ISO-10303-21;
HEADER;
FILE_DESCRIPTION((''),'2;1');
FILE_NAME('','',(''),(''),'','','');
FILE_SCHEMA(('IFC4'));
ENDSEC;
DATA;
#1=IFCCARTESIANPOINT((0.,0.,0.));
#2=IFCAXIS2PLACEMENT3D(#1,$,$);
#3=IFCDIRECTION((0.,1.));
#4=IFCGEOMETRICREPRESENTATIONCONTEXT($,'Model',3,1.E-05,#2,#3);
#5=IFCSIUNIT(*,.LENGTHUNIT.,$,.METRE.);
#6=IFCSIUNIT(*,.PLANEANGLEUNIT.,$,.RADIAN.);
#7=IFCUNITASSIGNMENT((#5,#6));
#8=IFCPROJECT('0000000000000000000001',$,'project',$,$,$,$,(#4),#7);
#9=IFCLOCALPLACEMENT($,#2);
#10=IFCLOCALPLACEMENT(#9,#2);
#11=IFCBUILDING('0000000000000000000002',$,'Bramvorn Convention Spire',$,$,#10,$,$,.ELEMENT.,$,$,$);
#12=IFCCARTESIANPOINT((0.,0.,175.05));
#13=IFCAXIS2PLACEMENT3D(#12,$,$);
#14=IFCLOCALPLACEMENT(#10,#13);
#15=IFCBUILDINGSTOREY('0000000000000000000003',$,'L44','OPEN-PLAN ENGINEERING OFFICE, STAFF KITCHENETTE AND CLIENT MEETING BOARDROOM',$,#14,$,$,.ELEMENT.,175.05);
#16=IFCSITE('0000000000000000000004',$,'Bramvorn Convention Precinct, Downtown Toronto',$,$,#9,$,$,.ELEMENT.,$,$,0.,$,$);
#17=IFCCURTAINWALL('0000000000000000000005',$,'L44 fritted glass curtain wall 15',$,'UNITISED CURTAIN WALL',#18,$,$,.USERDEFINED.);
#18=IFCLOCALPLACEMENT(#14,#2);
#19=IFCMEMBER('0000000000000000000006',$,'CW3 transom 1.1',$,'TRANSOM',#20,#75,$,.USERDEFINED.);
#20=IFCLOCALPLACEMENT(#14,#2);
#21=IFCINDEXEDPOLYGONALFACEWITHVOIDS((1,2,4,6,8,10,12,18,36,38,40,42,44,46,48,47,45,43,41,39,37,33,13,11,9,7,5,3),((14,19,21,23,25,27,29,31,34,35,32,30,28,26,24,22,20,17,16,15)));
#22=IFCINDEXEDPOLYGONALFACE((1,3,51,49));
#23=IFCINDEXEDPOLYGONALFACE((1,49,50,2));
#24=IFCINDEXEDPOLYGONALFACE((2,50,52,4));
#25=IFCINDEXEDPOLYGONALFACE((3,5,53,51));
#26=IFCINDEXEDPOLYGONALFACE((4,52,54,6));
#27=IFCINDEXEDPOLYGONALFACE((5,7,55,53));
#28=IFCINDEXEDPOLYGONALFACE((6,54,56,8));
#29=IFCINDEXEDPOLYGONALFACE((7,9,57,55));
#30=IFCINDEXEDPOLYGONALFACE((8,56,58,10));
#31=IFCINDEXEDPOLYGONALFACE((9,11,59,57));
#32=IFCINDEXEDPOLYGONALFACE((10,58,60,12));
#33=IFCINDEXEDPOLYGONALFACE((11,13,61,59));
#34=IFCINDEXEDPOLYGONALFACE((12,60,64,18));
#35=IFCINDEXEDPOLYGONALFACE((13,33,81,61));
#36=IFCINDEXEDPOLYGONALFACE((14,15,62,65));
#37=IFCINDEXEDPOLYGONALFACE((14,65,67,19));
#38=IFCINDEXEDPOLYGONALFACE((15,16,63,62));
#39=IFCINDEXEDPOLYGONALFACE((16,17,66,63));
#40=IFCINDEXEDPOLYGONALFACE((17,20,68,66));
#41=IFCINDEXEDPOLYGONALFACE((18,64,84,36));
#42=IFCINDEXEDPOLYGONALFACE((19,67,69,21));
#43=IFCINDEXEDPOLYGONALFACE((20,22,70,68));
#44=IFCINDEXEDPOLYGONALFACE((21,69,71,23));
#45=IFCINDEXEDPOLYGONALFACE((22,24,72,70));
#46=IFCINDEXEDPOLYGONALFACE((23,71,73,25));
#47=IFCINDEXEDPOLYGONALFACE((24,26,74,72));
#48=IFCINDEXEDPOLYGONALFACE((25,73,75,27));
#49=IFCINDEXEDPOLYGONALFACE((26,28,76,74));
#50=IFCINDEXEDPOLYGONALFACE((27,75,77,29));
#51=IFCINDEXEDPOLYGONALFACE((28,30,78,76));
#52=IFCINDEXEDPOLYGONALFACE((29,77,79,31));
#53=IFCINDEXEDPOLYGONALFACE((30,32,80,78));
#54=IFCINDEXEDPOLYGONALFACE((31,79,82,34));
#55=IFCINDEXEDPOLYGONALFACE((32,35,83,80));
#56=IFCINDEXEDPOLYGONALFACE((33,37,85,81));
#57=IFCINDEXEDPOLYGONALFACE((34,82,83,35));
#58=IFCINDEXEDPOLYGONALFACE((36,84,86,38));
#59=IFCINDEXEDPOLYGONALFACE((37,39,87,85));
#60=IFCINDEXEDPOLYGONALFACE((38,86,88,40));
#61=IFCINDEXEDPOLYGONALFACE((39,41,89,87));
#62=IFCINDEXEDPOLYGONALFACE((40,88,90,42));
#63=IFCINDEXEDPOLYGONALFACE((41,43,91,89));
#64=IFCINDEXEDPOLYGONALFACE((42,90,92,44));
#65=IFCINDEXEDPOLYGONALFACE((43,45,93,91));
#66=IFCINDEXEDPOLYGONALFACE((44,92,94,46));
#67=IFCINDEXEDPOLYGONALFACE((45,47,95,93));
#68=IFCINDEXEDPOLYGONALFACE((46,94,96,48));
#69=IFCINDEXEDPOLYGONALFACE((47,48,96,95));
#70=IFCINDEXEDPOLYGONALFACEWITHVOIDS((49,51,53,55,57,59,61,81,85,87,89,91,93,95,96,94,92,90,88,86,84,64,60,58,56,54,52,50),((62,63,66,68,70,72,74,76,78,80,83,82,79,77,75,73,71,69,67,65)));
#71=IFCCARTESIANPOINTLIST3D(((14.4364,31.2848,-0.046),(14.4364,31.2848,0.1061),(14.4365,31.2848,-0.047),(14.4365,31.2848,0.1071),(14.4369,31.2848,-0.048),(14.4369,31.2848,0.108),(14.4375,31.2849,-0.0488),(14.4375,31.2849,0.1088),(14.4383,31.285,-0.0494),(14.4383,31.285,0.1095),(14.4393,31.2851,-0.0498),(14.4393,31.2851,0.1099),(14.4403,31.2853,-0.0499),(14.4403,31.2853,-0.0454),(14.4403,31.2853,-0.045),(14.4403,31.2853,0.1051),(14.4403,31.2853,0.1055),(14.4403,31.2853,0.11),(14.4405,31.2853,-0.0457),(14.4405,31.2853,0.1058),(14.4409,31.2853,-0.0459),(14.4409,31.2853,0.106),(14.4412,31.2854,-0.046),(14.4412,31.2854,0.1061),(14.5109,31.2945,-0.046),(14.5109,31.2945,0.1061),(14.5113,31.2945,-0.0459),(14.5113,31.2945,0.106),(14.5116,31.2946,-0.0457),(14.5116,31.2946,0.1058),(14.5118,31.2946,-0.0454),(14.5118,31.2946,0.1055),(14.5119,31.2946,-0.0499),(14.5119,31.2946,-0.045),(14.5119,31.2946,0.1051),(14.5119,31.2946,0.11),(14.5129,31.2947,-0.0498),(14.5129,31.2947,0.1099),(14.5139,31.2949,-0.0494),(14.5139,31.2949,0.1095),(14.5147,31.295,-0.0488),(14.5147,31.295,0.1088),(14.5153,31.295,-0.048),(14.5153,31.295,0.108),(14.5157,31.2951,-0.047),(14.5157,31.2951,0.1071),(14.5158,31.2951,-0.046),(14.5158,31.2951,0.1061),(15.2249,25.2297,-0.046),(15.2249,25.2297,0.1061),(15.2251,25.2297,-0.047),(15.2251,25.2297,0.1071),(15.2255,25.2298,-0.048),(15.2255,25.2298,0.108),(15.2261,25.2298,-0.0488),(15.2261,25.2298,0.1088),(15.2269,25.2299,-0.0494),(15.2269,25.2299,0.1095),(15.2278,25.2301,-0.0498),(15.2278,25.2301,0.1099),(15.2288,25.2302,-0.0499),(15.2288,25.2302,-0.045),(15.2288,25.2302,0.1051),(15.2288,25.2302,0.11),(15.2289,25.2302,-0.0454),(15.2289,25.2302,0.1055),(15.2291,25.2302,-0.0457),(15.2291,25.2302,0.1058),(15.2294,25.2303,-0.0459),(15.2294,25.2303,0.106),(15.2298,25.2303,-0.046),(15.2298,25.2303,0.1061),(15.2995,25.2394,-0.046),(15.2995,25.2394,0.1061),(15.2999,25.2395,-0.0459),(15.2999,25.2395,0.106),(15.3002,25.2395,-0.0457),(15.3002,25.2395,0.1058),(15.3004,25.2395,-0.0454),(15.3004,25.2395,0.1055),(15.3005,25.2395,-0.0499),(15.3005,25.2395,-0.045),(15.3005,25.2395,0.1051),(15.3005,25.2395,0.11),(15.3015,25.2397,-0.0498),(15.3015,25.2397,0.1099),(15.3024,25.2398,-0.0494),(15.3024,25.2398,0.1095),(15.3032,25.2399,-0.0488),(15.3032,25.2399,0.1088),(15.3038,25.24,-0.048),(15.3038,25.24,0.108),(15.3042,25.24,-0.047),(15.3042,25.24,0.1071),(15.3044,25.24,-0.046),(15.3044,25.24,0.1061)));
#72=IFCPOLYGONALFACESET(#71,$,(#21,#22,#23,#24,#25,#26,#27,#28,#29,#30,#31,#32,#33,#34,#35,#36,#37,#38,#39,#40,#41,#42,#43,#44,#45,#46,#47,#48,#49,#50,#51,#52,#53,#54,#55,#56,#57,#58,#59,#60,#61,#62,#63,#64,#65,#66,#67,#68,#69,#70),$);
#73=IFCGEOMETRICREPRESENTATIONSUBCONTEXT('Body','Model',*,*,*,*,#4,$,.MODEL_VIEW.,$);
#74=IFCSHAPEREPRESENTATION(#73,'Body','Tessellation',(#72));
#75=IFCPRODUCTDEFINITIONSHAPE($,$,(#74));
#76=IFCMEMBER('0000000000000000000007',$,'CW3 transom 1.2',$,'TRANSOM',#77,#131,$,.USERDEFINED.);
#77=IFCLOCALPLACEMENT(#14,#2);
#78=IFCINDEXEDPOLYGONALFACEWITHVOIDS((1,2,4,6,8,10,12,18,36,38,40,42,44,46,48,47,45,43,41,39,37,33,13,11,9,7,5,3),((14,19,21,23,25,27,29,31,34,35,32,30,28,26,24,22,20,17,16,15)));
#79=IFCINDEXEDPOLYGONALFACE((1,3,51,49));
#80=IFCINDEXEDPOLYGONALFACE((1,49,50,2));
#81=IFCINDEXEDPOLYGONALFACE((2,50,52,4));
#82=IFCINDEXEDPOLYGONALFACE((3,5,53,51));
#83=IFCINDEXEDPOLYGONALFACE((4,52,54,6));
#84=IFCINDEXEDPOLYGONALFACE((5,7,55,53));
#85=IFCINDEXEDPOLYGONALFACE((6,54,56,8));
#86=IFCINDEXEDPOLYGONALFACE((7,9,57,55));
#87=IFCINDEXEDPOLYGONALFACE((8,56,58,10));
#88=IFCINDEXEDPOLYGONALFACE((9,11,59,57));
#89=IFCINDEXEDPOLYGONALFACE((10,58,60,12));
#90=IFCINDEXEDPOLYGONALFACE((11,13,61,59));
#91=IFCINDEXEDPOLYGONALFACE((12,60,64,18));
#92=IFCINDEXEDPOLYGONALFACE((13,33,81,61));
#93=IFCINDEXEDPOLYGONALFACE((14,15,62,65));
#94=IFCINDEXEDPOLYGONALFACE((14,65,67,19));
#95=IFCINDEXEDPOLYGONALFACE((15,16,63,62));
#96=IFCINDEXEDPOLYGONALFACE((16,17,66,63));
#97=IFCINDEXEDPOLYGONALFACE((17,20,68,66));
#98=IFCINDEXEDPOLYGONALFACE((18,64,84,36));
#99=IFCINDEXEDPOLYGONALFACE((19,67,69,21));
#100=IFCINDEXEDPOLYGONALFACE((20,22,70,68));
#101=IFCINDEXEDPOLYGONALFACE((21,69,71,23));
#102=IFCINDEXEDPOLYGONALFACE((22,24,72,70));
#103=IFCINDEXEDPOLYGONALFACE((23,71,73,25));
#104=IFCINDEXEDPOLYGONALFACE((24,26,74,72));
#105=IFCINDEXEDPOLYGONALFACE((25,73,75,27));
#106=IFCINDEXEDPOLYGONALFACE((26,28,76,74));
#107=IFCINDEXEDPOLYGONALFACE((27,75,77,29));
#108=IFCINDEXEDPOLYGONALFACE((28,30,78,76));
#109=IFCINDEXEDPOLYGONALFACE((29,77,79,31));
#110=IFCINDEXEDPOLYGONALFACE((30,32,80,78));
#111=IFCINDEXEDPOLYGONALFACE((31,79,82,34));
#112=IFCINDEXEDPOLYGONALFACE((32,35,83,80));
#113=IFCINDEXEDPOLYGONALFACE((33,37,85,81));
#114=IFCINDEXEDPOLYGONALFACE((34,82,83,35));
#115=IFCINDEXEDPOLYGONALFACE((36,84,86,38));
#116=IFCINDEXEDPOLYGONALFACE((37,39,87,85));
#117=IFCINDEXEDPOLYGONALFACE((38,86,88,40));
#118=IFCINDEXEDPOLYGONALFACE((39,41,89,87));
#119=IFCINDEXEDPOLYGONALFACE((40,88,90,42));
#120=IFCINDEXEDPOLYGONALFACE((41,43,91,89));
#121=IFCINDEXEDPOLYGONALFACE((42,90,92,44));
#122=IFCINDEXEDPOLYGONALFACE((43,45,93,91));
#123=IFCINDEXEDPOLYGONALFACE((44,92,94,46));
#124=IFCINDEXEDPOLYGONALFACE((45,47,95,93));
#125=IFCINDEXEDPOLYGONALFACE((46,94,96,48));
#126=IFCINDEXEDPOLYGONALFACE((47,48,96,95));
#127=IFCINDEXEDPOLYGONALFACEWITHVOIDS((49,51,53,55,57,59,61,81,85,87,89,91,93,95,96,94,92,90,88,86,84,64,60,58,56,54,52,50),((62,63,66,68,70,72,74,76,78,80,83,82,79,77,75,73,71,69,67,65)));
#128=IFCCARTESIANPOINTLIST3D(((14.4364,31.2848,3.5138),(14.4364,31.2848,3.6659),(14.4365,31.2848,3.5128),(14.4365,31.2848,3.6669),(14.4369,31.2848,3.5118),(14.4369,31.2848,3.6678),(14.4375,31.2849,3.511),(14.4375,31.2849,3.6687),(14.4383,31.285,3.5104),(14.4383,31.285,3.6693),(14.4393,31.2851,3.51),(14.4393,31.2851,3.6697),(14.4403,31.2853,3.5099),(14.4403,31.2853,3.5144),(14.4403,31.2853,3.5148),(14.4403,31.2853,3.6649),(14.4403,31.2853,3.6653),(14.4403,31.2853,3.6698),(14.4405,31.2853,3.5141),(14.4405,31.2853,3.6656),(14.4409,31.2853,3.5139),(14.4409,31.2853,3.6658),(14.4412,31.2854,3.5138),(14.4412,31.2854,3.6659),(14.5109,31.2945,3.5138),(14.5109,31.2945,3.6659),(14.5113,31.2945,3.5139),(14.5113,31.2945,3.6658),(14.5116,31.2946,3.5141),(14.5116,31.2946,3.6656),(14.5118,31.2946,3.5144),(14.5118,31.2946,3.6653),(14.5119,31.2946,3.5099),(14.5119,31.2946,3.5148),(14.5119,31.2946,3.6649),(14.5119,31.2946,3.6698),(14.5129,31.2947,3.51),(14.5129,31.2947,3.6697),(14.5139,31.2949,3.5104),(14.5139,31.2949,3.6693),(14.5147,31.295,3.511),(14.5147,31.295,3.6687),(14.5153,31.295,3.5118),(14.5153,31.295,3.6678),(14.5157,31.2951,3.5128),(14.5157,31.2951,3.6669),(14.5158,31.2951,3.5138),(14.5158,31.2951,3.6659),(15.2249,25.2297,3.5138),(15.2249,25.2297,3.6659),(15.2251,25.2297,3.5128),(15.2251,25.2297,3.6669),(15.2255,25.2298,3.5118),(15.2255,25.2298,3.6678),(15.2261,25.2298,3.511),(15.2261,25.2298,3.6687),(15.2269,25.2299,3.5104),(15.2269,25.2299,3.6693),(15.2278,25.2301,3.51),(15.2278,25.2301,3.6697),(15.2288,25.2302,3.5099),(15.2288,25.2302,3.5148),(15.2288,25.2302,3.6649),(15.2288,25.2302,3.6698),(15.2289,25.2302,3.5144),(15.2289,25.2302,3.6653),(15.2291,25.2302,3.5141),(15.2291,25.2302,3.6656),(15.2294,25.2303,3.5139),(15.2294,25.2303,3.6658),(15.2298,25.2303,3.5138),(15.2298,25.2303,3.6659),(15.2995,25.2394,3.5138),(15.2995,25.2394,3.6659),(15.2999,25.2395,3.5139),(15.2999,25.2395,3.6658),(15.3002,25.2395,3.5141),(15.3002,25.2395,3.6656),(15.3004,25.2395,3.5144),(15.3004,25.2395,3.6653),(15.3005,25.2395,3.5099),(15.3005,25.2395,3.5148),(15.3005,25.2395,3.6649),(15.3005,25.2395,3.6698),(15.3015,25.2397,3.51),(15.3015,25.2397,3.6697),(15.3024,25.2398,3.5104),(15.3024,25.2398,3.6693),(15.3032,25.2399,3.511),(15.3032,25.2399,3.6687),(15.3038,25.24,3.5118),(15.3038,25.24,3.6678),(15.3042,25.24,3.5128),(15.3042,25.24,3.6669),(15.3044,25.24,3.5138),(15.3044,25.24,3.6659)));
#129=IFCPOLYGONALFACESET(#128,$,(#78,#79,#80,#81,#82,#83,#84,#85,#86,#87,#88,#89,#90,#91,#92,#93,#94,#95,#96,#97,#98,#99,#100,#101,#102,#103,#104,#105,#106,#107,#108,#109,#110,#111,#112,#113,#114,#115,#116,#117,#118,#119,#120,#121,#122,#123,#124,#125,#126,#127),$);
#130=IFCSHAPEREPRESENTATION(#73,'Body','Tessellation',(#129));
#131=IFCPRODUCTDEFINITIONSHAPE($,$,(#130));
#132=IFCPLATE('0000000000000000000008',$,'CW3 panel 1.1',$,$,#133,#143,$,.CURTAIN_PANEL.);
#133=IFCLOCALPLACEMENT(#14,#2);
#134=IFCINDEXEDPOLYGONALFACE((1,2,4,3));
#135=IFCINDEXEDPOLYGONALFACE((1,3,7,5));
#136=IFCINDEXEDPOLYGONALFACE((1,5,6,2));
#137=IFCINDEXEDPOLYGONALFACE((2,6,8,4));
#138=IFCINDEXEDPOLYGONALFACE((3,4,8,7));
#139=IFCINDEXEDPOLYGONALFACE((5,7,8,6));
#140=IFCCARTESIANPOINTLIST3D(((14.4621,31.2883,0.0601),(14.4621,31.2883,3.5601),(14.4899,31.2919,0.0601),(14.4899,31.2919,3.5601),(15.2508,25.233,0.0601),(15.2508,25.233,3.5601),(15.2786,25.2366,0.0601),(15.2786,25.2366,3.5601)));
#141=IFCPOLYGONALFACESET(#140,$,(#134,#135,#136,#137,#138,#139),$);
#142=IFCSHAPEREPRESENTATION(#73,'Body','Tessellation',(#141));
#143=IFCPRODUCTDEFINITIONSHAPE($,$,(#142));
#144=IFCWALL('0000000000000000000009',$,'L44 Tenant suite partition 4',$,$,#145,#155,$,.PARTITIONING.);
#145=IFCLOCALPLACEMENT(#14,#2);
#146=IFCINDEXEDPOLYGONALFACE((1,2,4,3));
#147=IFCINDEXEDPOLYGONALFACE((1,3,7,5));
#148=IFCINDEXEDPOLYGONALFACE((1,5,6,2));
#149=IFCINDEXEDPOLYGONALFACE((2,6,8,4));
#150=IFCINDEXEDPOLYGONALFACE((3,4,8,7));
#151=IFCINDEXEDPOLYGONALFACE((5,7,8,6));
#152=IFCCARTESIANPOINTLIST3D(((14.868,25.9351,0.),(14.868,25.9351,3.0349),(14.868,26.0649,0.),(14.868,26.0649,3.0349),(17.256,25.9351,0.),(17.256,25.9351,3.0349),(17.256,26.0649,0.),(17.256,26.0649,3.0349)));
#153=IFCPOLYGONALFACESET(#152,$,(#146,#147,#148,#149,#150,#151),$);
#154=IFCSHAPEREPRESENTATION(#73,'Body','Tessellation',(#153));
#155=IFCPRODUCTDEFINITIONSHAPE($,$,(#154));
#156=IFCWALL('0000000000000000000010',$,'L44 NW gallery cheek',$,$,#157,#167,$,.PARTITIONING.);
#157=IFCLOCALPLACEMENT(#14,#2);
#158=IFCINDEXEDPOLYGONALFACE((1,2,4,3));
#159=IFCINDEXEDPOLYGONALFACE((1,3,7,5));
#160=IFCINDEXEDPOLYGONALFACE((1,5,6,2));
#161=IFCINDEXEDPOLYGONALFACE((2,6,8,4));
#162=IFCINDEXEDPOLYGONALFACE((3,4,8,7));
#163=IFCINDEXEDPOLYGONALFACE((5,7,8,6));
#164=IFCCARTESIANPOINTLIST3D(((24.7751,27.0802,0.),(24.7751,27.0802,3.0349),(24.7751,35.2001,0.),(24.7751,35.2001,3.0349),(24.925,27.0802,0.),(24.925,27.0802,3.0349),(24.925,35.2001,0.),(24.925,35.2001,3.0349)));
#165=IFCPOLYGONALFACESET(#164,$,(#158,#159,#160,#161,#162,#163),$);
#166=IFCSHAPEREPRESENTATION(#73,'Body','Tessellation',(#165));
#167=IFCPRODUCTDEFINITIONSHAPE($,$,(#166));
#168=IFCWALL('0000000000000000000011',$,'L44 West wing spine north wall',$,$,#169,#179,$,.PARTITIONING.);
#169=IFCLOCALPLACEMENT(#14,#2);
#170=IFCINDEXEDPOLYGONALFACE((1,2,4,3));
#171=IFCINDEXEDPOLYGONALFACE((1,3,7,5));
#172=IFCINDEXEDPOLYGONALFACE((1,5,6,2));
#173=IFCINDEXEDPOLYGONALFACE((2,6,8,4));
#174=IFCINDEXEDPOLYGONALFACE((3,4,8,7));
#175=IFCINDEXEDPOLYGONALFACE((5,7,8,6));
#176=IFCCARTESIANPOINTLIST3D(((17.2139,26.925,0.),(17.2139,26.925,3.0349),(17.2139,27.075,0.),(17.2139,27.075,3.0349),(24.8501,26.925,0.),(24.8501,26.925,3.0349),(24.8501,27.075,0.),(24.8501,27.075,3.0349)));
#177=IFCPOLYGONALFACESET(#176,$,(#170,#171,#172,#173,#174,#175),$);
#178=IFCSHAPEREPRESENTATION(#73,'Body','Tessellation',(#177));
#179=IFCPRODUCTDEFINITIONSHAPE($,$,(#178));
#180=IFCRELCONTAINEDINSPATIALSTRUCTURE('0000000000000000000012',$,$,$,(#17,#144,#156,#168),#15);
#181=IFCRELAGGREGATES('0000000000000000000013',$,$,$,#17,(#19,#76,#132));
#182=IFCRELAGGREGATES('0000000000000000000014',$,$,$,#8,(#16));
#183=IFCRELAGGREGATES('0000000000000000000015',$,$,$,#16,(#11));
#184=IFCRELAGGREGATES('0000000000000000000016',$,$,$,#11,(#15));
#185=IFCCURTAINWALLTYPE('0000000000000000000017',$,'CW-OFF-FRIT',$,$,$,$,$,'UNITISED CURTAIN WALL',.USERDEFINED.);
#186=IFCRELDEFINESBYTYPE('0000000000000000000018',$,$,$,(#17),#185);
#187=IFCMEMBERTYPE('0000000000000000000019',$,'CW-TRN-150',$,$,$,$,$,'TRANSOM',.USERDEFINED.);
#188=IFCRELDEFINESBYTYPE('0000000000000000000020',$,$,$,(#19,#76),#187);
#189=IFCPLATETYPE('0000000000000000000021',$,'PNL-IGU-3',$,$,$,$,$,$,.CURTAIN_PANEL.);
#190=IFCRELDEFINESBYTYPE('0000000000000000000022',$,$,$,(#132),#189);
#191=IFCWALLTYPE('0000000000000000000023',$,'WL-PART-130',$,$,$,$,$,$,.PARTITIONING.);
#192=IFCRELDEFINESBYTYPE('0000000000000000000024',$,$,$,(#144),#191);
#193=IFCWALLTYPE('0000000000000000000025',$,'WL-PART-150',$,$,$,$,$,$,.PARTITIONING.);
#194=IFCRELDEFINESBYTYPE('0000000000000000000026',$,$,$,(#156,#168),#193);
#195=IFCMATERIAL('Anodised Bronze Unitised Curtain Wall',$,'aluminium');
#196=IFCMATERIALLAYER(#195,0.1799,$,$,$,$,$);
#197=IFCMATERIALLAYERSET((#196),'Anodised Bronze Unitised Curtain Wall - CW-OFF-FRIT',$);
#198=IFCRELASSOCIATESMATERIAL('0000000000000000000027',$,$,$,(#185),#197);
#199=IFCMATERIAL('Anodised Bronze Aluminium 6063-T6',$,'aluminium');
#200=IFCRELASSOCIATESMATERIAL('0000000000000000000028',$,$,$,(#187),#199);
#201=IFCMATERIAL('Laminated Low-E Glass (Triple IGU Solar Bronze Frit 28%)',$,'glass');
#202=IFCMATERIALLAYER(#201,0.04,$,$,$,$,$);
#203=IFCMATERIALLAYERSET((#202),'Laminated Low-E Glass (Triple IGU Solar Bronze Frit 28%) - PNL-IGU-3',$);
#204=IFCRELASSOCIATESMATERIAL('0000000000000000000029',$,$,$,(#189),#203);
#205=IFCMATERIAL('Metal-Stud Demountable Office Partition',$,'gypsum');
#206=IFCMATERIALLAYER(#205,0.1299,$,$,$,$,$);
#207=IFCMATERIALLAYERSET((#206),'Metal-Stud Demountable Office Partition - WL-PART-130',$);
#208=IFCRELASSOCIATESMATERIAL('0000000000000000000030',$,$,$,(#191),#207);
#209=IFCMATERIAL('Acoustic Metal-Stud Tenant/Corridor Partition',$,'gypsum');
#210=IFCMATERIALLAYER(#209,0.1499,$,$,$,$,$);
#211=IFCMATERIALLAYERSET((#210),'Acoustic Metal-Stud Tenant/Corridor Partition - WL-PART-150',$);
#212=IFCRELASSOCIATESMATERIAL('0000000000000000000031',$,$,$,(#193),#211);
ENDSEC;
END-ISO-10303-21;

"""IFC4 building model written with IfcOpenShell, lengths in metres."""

from ifc_helpers import new_model, si_unit, direction, frame, frame_2d, origin, origin_2d, place, context, subcontext, project, spatial, rectangle, hollow_rectangle, extrude, material, layer, layer_set, material_profile, profile_set, type_object, element, aggregate, save


model = new_model("IFC4")

# Units and contexts
model_context = context("Model", 3, precision=1e-05, world=origin(), true_north=direction((0.0, 1.0)))
body_context = subcontext(model_context, "Body", "Model", "MODEL_VIEW")
ifc_project = project(units=[si_unit("LENGTHUNIT", "METRE"), si_unit("PLANEANGLEUNIT", "RADIAN")], contexts=[model_context])

# Site, building, storey
site_placement = place(None, origin())
site = spatial("IfcSite", under=ifc_project, at=site_placement, Name="Bramvorn Convention Precinct, Downtown Toronto", CompositionType="ELEMENT", RefElevation=0.0)
building_placement = place(site_placement, origin())
building = spatial("IfcBuilding", under=site, at=building_placement, Name="Bramvorn Convention Spire", CompositionType="ELEMENT")
storey_placement = place(building_placement, frame((0.0, 0.0, 175.05)))
storey = spatial("IfcBuildingStorey", under=building, at=storey_placement, Name="L44", Description="OPEN-PLAN ENGINEERING OFFICE, STAFF KITCHENETTE AND CLIENT MEETING BOARDROOM", CompositionType="ELEMENT", Elevation=175.05)

# Shared definitions
ifc_material_1 = material(Name="Anodised Bronze Unitised Curtain Wall", Category="aluminium")
ifc_layer_1 = layer(ifc_material_1, 0.1799)
ifc_layer_set_1 = layer_set([ifc_layer_1], Name="Anodised Bronze Unitised Curtain Wall - CW-OFF-FRIT")
curtain_wall_type = type_object("IfcCurtainWallType", Name="CW-OFF-FRIT", ElementType="UNITISED CURTAIN WALL", PredefinedType="USERDEFINED", material=ifc_layer_set_1)
ifc_material_2 = material(Name="Anodised Bronze Aluminium 6063-T6", Category="aluminium")

# Curtain wall
curtain_wall_1_placement = place(storey_placement, origin())
curtain_wall_1 = element("IfcCurtainWall", 1, at=curtain_wall_1_placement, inside=storey, type_object=curtain_wall_type, Name="L44 fritted glass curtain wall 15", ObjectType="UNITISED CURTAIN WALL", PredefinedType="USERDEFINED")

# Members
ifc_material_profile_1 = material_profile(ifc_material_2, hollow_rectangle(XDim=0.0801, YDim=0.1599, WallThickness=0.0039, InnerFilletRadius=0.001, OuterFilletRadius=0.0039, at=origin_2d()))
ifc_profile_set_1 = profile_set([ifc_material_profile_1], Name="Anodised Bronze Aluminium 6063-T6 - CWT80X160")
member_type_1 = type_object("IfcMemberType", Name="CW-TRN-150", ElementType="TRANSOM", PredefinedType="USERDEFINED", material=ifc_profile_set_1)
member_1_placement = place(storey_placement, frame((15.2646, 25.2349, 0.03), z_axis=(-0.129141, 0.991626, 0.0), x_axis=(-0.991626, -0.129141, 0.0)))
member_1 = element("IfcMember", 2, at=member_1_placement, type_object=member_type_1, Name="CW3 transom 1.1", ObjectType="TRANSOM", PredefinedType="USERDEFINED", context=body_context, shape_type="SweptSolid", body=[
    extrude(hollow_rectangle(XDim=0.0801, YDim=0.1599, WallThickness=0.0039, InnerFilletRadius=0.001, OuterFilletRadius=0.0039, at=origin_2d()), origin(), (0.0, 0.0, 1.0), 6.1062),
])
member_2_placement = place(storey_placement, frame((15.2646, 25.2349, 3.5898), z_axis=(-0.129141, 0.991626, 0.0), x_axis=(-0.991626, -0.129141, 0.0)))
member_2 = element("IfcMember", 3, at=member_2_placement, type_object=member_type_1, Name="CW3 transom 1.2", ObjectType="TRANSOM", PredefinedType="USERDEFINED", context=body_context, shape_type="SweptSolid", body=[
    extrude(hollow_rectangle(XDim=0.0801, YDim=0.1599, WallThickness=0.0039, InnerFilletRadius=0.001, OuterFilletRadius=0.0039, at=origin_2d()), origin(), (0.0, 0.0, 1.0), 6.1062),
])

# Plate
ifc_material_3 = material(Name="Laminated Low-E Glass (Triple IGU Solar Bronze Frit 28%)", Category="glass")
ifc_layer_2 = layer(ifc_material_3, 0.04)
ifc_layer_set_2 = layer_set([ifc_layer_2], Name="Laminated Low-E Glass (Triple IGU Solar Bronze Frit 28%) - PNL-IGU-3")
plate_type = type_object("IfcPlateType", Name="PNL-IGU-3", PredefinedType="CURTAIN_PANEL", material=ifc_layer_set_2)
plate_placement = place(storey_placement, frame((14.8704, 28.2625, 0.0601), z_axis=(0.0, 0.0, 1.0), x_axis=(-0.129161, 0.991624, 0.0)))
plate = element("IfcPlate", 4, at=plate_placement, type_object=plate_type, Name="CW3 panel 1.1", PredefinedType="CURTAIN_PANEL", context=body_context, shape_type="SweptSolid", body=[
    extrude(rectangle(XDim=6.1064, YDim=0.0281, at=origin_2d()), origin(), (0.0, 0.0, 1.0), 3.5),
])
aggregate(curtain_wall_1, [member_1, member_2, plate])

# Walls
ifc_material_4 = material(Name="Metal-Stud Demountable Office Partition", Category="gypsum")
ifc_layer_3 = layer(ifc_material_4, 0.1299)
ifc_layer_set_3 = layer_set([ifc_layer_3], Name="Metal-Stud Demountable Office Partition - WL-PART-130")
wall_type_1 = type_object("IfcWallType", Name="WL-PART-130", PredefinedType="PARTITIONING", material=ifc_layer_set_3)
wall_1_placement = place(storey_placement, frame((17.2559, 26.0, 0.0), z_axis=(0.0, 0.0, 1.0), x_axis=(-1.0, 0.0, 0.0)))
element("IfcWall", 5, at=wall_1_placement, inside=storey, type_object=wall_type_1, Name="L44 Tenant suite partition 4", PredefinedType="PARTITIONING", context=body_context, shape_type="SweptSolid", body=[
    extrude(rectangle(XDim=2.3879, YDim=0.1299, at=frame_2d((1.1938, 0.0))), origin(), (0.0, 0.0, 1.0), 3.0349),
])
ifc_material_5 = material(Name="Acoustic Metal-Stud Tenant/Corridor Partition", Category="gypsum")
ifc_layer_4 = layer(ifc_material_5, 0.1499)
ifc_layer_set_4 = layer_set([ifc_layer_4], Name="Acoustic Metal-Stud Tenant/Corridor Partition - WL-PART-150")
wall_type_2 = type_object("IfcWallType", Name="WL-PART-150", PredefinedType="PARTITIONING", material=ifc_layer_set_4)
wall_2_placement = place(storey_placement, frame((24.8501, 27.0801, 0.0), z_axis=(0.0, 0.0, 1.0), x_axis=(0.0, 1.0, 0.0)))
element("IfcWall", 6, at=wall_2_placement, inside=storey, type_object=wall_type_2, Name="L44 NW gallery cheek", PredefinedType="PARTITIONING", context=body_context, shape_type="SweptSolid", body=[
    extrude(rectangle(XDim=8.1199, YDim=0.1499, at=frame_2d((4.0601, 0.0))), origin(), (0.0, 0.0, 1.0), 3.0349),
])
wall_3_placement = place(storey_placement, frame((17.2139, 27.0, 0.0), z_axis=(0.0, 0.0, 1.0), x_axis=(1.0, 0.0, 0.0)))
element("IfcWall", 7, at=wall_3_placement, inside=storey, type_object=wall_type_2, Name="L44 West wing spine north wall", PredefinedType="PARTITIONING", context=body_context, shape_type="SweptSolid", body=[
    extrude(rectangle(XDim=7.6362, YDim=0.1499, at=frame_2d((3.8181, 0.0))), origin(), (0.0, 0.0, 1.0), 3.0349),
])

save(model, "model.ifc")
